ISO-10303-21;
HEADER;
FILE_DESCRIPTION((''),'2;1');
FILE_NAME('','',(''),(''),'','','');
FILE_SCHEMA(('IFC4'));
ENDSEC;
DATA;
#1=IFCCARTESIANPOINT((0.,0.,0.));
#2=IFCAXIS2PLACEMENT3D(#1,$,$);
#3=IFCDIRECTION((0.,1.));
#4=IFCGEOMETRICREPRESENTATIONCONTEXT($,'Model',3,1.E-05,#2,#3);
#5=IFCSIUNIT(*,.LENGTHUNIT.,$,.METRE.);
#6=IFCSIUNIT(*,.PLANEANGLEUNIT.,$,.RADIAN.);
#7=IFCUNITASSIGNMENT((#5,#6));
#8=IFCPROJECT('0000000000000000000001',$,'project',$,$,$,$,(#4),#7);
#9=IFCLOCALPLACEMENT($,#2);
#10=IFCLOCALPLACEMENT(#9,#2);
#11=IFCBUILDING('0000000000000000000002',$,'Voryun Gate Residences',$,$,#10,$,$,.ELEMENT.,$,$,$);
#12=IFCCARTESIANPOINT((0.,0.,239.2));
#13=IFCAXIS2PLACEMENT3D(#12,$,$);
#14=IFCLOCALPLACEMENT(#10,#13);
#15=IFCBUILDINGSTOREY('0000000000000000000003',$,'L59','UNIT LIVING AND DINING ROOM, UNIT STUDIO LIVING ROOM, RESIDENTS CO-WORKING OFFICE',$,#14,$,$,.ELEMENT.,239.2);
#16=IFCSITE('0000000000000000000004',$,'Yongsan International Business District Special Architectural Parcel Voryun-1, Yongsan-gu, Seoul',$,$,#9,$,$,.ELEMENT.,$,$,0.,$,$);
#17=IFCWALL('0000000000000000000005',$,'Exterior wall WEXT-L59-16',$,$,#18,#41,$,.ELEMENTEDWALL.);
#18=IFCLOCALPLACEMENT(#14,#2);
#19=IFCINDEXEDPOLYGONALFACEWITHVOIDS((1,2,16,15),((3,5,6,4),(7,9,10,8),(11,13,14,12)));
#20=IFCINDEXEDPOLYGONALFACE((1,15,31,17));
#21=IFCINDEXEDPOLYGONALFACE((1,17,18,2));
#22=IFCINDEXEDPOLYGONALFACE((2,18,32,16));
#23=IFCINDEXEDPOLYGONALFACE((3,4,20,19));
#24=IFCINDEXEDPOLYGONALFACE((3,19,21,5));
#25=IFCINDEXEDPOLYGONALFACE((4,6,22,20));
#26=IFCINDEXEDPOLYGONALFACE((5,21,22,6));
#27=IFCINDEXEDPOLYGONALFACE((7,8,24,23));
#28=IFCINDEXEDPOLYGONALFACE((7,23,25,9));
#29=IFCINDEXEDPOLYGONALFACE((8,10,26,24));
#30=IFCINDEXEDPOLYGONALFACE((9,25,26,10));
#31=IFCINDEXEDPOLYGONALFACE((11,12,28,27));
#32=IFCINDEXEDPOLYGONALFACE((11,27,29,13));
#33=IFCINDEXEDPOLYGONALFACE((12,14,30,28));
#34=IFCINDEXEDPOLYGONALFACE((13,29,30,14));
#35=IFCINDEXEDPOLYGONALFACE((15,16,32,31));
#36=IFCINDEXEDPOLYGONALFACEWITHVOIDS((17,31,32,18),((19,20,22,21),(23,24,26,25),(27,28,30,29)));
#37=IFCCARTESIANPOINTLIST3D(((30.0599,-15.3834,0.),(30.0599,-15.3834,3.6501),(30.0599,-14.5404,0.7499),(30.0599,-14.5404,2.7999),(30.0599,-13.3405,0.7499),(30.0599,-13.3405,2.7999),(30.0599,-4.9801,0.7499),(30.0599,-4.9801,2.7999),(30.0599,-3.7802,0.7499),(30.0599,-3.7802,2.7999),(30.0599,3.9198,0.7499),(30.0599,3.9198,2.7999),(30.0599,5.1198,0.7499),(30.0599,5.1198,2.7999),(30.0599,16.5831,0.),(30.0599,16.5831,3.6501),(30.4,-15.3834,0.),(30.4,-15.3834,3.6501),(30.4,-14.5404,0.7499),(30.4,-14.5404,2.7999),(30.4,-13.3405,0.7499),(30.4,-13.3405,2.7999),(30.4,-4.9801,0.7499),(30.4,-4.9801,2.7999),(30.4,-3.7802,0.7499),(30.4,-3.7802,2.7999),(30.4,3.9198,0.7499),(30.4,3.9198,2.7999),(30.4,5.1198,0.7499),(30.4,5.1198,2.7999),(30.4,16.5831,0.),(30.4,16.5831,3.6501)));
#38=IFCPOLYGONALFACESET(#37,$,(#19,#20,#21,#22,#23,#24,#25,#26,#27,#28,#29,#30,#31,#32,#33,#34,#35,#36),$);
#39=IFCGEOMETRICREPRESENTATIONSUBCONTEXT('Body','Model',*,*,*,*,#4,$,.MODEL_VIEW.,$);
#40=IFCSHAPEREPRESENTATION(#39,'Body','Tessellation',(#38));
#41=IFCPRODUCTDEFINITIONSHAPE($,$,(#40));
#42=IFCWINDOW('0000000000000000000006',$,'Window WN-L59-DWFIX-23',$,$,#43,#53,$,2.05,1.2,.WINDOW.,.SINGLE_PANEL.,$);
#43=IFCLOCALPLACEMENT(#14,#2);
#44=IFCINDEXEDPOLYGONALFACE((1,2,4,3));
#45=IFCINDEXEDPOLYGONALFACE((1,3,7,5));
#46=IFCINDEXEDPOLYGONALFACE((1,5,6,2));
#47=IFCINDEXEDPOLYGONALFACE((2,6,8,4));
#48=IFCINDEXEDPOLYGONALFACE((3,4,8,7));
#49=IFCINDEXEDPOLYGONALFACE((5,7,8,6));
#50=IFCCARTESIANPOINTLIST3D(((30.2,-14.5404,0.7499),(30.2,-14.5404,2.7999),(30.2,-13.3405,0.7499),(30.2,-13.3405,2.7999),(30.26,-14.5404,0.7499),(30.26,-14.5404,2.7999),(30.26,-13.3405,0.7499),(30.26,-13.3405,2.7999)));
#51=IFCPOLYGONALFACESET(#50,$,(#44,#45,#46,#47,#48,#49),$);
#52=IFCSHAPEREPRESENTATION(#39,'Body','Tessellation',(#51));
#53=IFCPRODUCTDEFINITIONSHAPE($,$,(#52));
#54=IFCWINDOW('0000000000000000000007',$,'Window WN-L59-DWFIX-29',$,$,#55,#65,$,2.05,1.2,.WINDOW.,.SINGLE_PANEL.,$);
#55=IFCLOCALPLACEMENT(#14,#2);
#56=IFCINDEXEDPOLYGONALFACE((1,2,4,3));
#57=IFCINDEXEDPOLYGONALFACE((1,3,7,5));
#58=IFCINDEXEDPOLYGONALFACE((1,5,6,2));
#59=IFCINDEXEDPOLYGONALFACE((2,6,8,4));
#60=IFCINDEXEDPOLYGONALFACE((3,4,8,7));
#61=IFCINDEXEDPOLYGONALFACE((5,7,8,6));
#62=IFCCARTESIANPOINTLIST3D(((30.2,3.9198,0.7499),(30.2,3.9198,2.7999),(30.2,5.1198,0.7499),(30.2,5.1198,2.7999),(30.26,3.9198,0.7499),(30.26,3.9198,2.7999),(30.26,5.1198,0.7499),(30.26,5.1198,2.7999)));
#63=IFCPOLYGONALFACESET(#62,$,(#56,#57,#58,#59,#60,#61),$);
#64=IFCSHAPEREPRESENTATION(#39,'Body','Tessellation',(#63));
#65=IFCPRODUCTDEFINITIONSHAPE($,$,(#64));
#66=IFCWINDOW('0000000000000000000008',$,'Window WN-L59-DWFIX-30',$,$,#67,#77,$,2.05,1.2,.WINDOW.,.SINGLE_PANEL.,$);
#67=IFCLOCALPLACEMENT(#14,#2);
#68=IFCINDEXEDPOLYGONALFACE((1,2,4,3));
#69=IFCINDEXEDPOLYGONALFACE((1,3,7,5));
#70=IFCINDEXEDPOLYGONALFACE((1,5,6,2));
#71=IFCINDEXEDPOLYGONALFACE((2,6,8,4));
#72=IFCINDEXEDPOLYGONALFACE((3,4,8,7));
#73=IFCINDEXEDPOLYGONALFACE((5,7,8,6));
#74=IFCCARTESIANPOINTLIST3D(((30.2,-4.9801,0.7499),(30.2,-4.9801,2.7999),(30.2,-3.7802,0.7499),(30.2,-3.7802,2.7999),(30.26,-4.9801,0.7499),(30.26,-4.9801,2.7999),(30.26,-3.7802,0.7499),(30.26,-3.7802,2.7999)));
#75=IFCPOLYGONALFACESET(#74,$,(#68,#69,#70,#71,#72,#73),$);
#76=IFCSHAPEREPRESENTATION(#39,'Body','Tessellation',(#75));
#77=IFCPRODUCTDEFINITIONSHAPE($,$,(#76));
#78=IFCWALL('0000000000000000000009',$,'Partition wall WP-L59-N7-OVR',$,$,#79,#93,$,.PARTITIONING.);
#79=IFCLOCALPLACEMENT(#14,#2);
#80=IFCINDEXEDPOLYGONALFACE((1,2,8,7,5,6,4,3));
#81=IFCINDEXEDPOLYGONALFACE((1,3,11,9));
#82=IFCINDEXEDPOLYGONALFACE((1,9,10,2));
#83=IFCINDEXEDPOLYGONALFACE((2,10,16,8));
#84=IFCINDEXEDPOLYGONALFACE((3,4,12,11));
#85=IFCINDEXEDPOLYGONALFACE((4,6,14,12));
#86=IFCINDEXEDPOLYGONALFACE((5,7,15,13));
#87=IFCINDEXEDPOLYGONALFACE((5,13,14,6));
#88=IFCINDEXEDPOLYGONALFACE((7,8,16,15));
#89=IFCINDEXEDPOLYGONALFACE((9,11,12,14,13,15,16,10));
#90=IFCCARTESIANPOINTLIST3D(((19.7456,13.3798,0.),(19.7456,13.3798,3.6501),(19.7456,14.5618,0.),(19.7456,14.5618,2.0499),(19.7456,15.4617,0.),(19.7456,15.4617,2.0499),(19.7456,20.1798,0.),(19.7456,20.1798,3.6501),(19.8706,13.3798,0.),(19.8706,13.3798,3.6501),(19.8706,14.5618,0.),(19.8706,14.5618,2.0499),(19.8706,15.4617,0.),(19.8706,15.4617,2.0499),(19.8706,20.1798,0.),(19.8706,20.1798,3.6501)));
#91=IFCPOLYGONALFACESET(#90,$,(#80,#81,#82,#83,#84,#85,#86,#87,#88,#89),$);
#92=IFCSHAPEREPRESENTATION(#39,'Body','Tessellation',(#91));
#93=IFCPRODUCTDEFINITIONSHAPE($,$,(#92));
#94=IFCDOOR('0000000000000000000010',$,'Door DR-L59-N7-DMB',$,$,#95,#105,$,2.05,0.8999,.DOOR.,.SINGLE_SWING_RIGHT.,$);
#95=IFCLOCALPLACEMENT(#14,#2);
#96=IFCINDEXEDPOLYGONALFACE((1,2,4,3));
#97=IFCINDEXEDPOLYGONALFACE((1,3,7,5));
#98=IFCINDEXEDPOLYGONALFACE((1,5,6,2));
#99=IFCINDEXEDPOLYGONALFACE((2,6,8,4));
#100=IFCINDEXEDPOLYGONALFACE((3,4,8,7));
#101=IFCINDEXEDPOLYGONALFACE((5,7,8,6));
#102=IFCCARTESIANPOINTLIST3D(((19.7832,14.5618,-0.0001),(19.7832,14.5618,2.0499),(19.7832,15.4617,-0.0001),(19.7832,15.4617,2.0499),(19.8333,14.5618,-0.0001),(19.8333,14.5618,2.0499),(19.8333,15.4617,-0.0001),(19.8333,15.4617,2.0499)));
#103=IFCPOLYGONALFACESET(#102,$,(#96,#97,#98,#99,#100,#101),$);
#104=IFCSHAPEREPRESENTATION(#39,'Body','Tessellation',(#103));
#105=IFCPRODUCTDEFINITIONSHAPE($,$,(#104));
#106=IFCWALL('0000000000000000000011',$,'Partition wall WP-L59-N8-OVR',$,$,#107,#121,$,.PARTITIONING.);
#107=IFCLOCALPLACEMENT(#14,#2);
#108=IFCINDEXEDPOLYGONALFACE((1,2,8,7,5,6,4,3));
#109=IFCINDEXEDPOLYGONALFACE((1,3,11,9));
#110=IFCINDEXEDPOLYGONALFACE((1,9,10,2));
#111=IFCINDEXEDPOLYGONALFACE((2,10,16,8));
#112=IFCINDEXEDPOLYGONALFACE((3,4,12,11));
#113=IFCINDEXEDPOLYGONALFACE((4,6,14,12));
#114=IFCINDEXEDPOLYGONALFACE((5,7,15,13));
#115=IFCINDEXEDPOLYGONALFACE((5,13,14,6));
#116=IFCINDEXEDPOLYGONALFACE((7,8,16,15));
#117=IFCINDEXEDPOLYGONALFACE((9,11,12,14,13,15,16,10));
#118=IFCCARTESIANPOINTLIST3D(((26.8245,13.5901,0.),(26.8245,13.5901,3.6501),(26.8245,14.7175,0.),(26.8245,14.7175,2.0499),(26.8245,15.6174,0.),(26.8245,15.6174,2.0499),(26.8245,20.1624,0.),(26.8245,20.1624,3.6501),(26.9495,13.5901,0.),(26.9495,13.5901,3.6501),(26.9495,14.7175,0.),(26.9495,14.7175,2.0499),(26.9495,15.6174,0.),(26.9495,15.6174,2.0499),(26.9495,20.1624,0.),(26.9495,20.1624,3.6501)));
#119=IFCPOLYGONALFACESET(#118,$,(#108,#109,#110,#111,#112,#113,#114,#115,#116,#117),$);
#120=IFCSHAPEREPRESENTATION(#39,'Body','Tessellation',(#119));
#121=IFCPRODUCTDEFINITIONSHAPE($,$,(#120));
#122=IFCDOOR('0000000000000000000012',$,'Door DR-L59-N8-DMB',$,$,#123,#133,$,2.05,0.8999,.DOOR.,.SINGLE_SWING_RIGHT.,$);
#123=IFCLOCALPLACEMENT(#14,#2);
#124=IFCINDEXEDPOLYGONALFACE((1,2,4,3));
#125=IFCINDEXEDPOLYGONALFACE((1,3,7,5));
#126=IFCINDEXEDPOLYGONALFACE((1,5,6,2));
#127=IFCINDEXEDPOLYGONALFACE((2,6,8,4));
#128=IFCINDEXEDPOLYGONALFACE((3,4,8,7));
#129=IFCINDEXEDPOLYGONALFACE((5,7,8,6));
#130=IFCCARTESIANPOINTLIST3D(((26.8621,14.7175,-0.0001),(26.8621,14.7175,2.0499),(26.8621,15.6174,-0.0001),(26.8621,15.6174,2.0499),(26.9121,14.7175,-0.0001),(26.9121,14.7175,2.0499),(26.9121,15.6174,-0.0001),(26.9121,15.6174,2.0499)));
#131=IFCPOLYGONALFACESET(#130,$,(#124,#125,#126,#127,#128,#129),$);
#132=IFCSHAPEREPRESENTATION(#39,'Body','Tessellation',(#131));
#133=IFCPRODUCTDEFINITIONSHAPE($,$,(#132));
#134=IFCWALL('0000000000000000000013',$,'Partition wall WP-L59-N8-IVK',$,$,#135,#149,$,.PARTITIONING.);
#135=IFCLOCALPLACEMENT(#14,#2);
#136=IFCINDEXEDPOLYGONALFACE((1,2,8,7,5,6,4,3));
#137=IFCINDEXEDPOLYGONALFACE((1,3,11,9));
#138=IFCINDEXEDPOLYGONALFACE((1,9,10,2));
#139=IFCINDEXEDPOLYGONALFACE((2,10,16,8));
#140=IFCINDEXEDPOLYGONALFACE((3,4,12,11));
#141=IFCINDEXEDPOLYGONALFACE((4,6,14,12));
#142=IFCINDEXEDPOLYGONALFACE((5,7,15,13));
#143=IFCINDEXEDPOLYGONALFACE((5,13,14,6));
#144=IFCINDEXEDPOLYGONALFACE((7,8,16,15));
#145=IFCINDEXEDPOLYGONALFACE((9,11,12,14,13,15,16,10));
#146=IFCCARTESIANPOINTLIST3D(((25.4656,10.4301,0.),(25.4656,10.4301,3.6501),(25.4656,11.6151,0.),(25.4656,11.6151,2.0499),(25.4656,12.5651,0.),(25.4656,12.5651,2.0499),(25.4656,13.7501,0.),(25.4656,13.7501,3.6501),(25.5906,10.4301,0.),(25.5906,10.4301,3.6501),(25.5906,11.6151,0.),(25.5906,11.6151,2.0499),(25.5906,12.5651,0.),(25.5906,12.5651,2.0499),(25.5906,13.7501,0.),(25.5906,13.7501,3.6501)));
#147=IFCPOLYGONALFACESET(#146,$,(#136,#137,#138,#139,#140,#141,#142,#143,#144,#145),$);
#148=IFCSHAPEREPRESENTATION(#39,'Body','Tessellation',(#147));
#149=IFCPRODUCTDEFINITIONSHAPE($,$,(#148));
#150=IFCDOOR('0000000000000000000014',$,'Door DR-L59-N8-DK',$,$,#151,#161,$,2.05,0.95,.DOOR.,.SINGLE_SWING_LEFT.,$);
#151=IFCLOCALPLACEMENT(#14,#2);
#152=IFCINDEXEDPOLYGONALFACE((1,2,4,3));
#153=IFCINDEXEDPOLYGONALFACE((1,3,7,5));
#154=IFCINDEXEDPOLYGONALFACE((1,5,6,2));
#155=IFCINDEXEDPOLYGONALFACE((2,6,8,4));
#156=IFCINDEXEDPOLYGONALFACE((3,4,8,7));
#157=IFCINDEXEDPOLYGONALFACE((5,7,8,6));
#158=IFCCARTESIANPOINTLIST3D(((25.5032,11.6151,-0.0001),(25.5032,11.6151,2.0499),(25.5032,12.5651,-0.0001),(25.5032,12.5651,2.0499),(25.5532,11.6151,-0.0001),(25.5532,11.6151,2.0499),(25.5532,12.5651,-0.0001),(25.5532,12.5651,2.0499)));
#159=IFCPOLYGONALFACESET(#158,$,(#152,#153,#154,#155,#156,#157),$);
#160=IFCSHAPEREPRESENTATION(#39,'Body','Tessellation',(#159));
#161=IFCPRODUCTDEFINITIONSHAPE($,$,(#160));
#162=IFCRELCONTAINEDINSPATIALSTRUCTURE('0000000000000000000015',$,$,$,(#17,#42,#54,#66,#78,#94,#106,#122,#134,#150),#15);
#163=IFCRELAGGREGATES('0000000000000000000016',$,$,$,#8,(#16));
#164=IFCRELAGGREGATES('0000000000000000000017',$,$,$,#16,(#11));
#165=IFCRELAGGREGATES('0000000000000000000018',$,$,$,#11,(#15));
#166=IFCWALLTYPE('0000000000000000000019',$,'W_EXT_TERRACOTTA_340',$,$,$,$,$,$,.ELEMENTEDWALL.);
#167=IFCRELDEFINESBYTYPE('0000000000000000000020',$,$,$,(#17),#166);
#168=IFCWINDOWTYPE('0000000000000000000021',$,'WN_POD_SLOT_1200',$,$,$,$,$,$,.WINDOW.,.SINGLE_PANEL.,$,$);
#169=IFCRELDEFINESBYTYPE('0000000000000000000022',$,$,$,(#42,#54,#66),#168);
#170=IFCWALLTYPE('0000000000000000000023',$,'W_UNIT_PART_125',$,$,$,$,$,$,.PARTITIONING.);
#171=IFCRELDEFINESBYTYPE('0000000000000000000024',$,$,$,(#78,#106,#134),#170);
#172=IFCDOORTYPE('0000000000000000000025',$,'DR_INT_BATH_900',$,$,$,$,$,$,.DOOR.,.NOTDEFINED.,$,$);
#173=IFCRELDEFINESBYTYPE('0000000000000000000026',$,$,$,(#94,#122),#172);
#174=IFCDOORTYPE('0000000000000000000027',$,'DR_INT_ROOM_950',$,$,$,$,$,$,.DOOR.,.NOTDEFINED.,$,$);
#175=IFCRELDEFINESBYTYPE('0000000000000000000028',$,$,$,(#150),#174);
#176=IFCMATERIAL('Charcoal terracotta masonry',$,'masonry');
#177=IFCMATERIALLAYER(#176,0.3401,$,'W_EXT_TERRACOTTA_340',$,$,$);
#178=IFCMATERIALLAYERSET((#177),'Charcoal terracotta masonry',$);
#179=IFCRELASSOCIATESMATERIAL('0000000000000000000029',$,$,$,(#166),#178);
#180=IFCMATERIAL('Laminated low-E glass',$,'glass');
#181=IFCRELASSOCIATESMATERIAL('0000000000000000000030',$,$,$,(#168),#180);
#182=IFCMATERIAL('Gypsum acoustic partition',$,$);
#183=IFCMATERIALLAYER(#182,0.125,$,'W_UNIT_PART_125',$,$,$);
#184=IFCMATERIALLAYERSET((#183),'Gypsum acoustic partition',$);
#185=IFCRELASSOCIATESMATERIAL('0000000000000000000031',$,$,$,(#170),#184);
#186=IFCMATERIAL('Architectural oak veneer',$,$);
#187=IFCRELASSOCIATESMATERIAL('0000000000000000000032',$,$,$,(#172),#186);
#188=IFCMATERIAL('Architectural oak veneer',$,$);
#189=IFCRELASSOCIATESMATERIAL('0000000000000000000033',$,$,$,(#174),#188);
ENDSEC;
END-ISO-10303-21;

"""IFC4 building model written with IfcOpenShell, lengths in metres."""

from ifc_helpers import new_model, si_unit, direction, frame, frame_2d, origin, place, context, subcontext, project, spatial, rectangle, extrude, material, layer, layer_set, type_object, element, fill, save


model = new_model("IFC4")

# Units and contexts
model_context = context("Model", 3, precision=1e-05, world=origin(), true_north=direction((0.0, 1.0)))
body_context = subcontext(model_context, "Body", "Model", "MODEL_VIEW")
ifc_project = project(units=[si_unit("LENGTHUNIT", "METRE"), si_unit("PLANEANGLEUNIT", "RADIAN")], contexts=[model_context])

# Site, building, storey
site_placement = place(None, origin())
site = spatial("IfcSite", under=ifc_project, at=site_placement, Name="Yongsan International Business District Special Architectural Parcel Voryun-1, Yongsan-gu, Seoul", CompositionType="ELEMENT", RefElevation=0.0)
building_placement = place(site_placement, origin())
building = spatial("IfcBuilding", under=site, at=building_placement, Name="Voryun Gate Residences", CompositionType="ELEMENT")
storey_placement = place(building_placement, frame((0.0, 0.0, 239.2)))
storey = spatial("IfcBuildingStorey", under=building, at=storey_placement, Name="L59", Description="UNIT LIVING AND DINING ROOM, UNIT STUDIO LIVING ROOM, RESIDENTS CO-WORKING OFFICE", CompositionType="ELEMENT", Elevation=239.2)

# Shared definitions
ifc_material_1 = material(Name="Charcoal terracotta masonry", Category="masonry")
ifc_layer_1 = layer(ifc_material_1, 0.3401, Name="W_EXT_TERRACOTTA_340")
ifc_layer_set_1 = layer_set([ifc_layer_1], Name="Charcoal terracotta masonry")
wall_type_1 = type_object("IfcWallType", Name="W_EXT_TERRACOTTA_340", PredefinedType="ELEMENTEDWALL", material=ifc_layer_set_1)

# Wall, openings, windows
wall_1_placement = place(storey_placement, frame((30.23, 16.5833, 0.0), z_axis=(0.0, 0.0, 1.0), x_axis=(0.0, -1.0, 0.0)))
wall_1 = element("IfcWall", 1, at=wall_1_placement, inside=storey, type_object=wall_type_1, Name="Exterior wall WEXT-L59-16", PredefinedType="ELEMENTEDWALL", context=body_context, shape_type="SweptSolid", body=[
    extrude(rectangle(XDim=31.9666, YDim=0.3401, at=frame_2d((15.9834, 0.0))), origin(), (0.0, 0.0, 1.0), 3.6501),
])
opening_1_placement = place(wall_1_placement, frame((29.9236, 0.0, 0.75)))
opening_1 = element("IfcOpeningElement", 2, at=opening_1_placement, cuts=wall_1, PredefinedType="OPENING", context=body_context, shape_type="SweptSolid", body=[
    extrude(rectangle(XDim=1.2, YDim=2.05, at=frame_2d((0.6001, 1.0249))), frame((0.0, 0.1799, 0.0), z_axis=(0.0, -1.0, 0.0), x_axis=(1.0, 0.0, 0.0)), (0.0, 0.0, 1.0), 0.3601),
])
opening_2_placement = place(wall_1_placement, frame((11.4634, 0.0, 0.75)))
opening_2 = element("IfcOpeningElement", 3, at=opening_2_placement, cuts=wall_1, PredefinedType="OPENING", context=body_context, shape_type="SweptSolid", body=[
    extrude(rectangle(XDim=1.2, YDim=2.05, at=frame_2d((0.6001, 1.0249))), frame((0.0, 0.1799, 0.0), z_axis=(0.0, -1.0, 0.0), x_axis=(1.0, 0.0, 0.0)), (0.0, 0.0, 1.0), 0.3601),
])
opening_3_placement = place(wall_1_placement, frame((20.3633, 0.0, 0.75)))
opening_3 = element("IfcOpeningElement", 4, at=opening_3_placement, cuts=wall_1, PredefinedType="OPENING", context=body_context, shape_type="SweptSolid", body=[
    extrude(rectangle(XDim=1.2, YDim=2.05, at=frame_2d((0.6001, 1.0249))), frame((0.0, 0.1799, 0.0), z_axis=(0.0, -1.0, 0.0), x_axis=(1.0, 0.0, 0.0)), (0.0, 0.0, 1.0), 0.3601),
])
ifc_material_2 = material(Name="Laminated low-E glass", Category="glass")
window_type_1 = type_object("IfcWindowType", Name="WN_POD_SLOT_1200", PartitioningType="SINGLE_PANEL", PredefinedType="WINDOW", material=ifc_material_2)
window_1_placement = place(opening_1_placement, origin())
window_1 = element("IfcWindow", 5, at=window_1_placement, inside=storey, type_object=window_type_1, Name="Window WN-L59-DWFIX-23", OverallHeight=2.05, OverallWidth=1.2, PartitioningType="SINGLE_PANEL", PredefinedType="WINDOW", context=body_context, shape_type="SweptSolid", body=[
    extrude(rectangle(XDim=1.2, YDim=2.05, at=frame_2d((0.6001, 1.0249))), frame((0.0, 0.03, 0.0), z_axis=(0.0, -1.0, 0.0), x_axis=(1.0, 0.0, 0.0)), (0.0, 0.0, 1.0), 0.0601),
])
fill(opening_1, window_1)
window_2_placement = place(opening_2_placement, origin())
window_2 = element("IfcWindow", 6, at=window_2_placement, inside=storey, type_object=window_type_1, Name="Window WN-L59-DWFIX-29", OverallHeight=2.05, OverallWidth=1.2, PartitioningType="SINGLE_PANEL", PredefinedType="WINDOW", context=body_context, shape_type="SweptSolid", body=[
    extrude(rectangle(XDim=1.2, YDim=2.05, at=frame_2d((0.6001, 1.0249))), frame((0.0, 0.03, 0.0), z_axis=(0.0, -1.0, 0.0), x_axis=(1.0, 0.0, 0.0)), (0.0, 0.0, 1.0), 0.0601),
])
fill(opening_2, window_2)
window_3_placement = place(opening_3_placement, origin())
window_3 = element("IfcWindow", 7, at=window_3_placement, inside=storey, type_object=window_type_1, Name="Window WN-L59-DWFIX-30", OverallHeight=2.05, OverallWidth=1.2, PartitioningType="SINGLE_PANEL", PredefinedType="WINDOW", context=body_context, shape_type="SweptSolid", body=[
    extrude(rectangle(XDim=1.2, YDim=2.05, at=frame_2d((0.6001, 1.0249))), frame((0.0, 0.03, 0.0), z_axis=(0.0, -1.0, 0.0), x_axis=(1.0, 0.0, 0.0)), (0.0, 0.0, 1.0), 0.0601),
])
fill(opening_3, window_3)

# Walls, openings, doors
ifc_material_3 = material(Name="Gypsum acoustic partition")
ifc_layer_2 = layer(ifc_material_3, 0.125, Name="W_UNIT_PART_125")
ifc_layer_set_2 = layer_set([ifc_layer_2], Name="Gypsum acoustic partition")
wall_type_2 = type_object("IfcWallType", Name="W_UNIT_PART_125", PredefinedType="PARTITIONING", material=ifc_layer_set_2)
wall_2_placement = place(storey_placement, frame((19.8081, 13.3799, 0.0), z_axis=(0.0, 0.0, 1.0), x_axis=(0.0, 1.0, 0.0)))
wall_2 = element("IfcWall", 8, at=wall_2_placement, inside=storey, type_object=wall_type_2, Name="Partition wall WP-L59-N7-OVR", PredefinedType="PARTITIONING", context=body_context, shape_type="SweptSolid", body=[
    extrude(rectangle(XDim=6.8, YDim=0.125, at=frame_2d((3.3999, 0.0))), origin(), (0.0, 0.0, 1.0), 3.6501),
])
opening_4_placement = place(wall_2_placement, frame((1.1819, 0.0, 0.0)))
opening_4 = element("IfcOpeningElement", 9, at=opening_4_placement, cuts=wall_2, PredefinedType="OPENING", context=body_context, shape_type="SweptSolid", body=[
    extrude(rectangle(XDim=0.8999, YDim=2.05, at=frame_2d((0.45, 1.0249))), frame((0.0, 0.0725, 0.0), z_axis=(0.0, -1.0, 0.0), x_axis=(1.0, 0.0, 0.0)), (0.0, 0.0, 1.0), 0.145),
])
ifc_material_4 = material(Name="Architectural oak veneer")
door_type_1 = type_object("IfcDoorType", Name="DR_INT_BATH_900", OperationType="NOTDEFINED", PredefinedType="DOOR", material=ifc_material_4)
door_1_placement = place(opening_4_placement, origin())
door_1 = element("IfcDoor", 10, at=door_1_placement, inside=storey, type_object=door_type_1, Name="Door DR-L59-N7-DMB", OperationType="SINGLE_SWING_RIGHT", OverallHeight=2.05, OverallWidth=0.8999, PredefinedType="DOOR", context=body_context, shape_type="SweptSolid", body=[
    extrude(rectangle(XDim=0.8999, YDim=2.05, at=frame_2d((0.45, 1.0249))), frame((0.0, 0.0249, 0.0), z_axis=(0.0, -1.0, 0.0), x_axis=(1.0, 0.0, 0.0)), (0.0, 0.0, 1.0), 0.05),
])
fill(opening_4, door_1)
wall_3_placement = place(storey_placement, frame((26.887, 13.5901, 0.0), z_axis=(0.0, 0.0, 1.0), x_axis=(0.0, 1.0, 0.0)))
wall_3 = element("IfcWall", 11, at=wall_3_placement, inside=storey, type_object=wall_type_2, Name="Partition wall WP-L59-N8-OVR", PredefinedType="PARTITIONING", context=body_context, shape_type="SweptSolid", body=[
    extrude(rectangle(XDim=6.5723, YDim=0.125, at=frame_2d((3.2861, 0.0))), origin(), (0.0, 0.0, 1.0), 3.6501),
])
opening_5_placement = place(wall_3_placement, frame((1.1274, 0.0, 0.0)))
opening_5 = element("IfcOpeningElement", 12, at=opening_5_placement, cuts=wall_3, PredefinedType="OPENING", context=body_context, shape_type="SweptSolid", body=[
    extrude(rectangle(XDim=0.8999, YDim=2.05, at=frame_2d((0.45, 1.0249))), frame((0.0, 0.0725, 0.0), z_axis=(0.0, -1.0, 0.0), x_axis=(1.0, 0.0, 0.0)), (0.0, 0.0, 1.0), 0.145),
])
door_2_placement = place(opening_5_placement, origin())
door_2 = element("IfcDoor", 13, at=door_2_placement, inside=storey, type_object=door_type_1, Name="Door DR-L59-N8-DMB", OperationType="SINGLE_SWING_RIGHT", OverallHeight=2.05, OverallWidth=0.8999, PredefinedType="DOOR", context=body_context, shape_type="SweptSolid", body=[
    extrude(rectangle(XDim=0.8999, YDim=2.05, at=frame_2d((0.45, 1.0249))), frame((0.0, 0.0249, 0.0), z_axis=(0.0, -1.0, 0.0), x_axis=(1.0, 0.0, 0.0)), (0.0, 0.0, 1.0), 0.05),
])
fill(opening_5, door_2)
wall_4_placement = place(storey_placement, frame((25.5281, 10.4299, 0.0), z_axis=(0.0, 0.0, 1.0), x_axis=(0.0, 1.0, 0.0)))
wall_4 = element("IfcWall", 14, at=wall_4_placement, inside=storey, type_object=wall_type_2, Name="Partition wall WP-L59-N8-IVK", PredefinedType="PARTITIONING", context=body_context, shape_type="SweptSolid", body=[
    extrude(rectangle(XDim=3.3201, YDim=0.125, at=frame_2d((1.6602, 0.0))), origin(), (0.0, 0.0, 1.0), 3.6501),
])
opening_6_placement = place(wall_4_placement, frame((1.1851, 0.0, 0.0)))
opening_6 = element("IfcOpeningElement", 15, at=opening_6_placement, cuts=wall_4, PredefinedType="OPENING", context=body_context, shape_type="SweptSolid", body=[
    extrude(rectangle(XDim=0.95, YDim=2.05, at=frame_2d((0.4751, 1.0249))), frame((0.0, 0.0725, 0.0), z_axis=(0.0, -1.0, 0.0), x_axis=(1.0, 0.0, 0.0)), (0.0, 0.0, 1.0), 0.145),
])
ifc_material_5 = material(Name="Architectural oak veneer")
door_type_2 = type_object("IfcDoorType", Name="DR_INT_ROOM_950", OperationType="NOTDEFINED", PredefinedType="DOOR", material=ifc_material_5)
door_3_placement = place(opening_6_placement, origin())
door_3 = element("IfcDoor", 16, at=door_3_placement, inside=storey, type_object=door_type_2, Name="Door DR-L59-N8-DK", OperationType="SINGLE_SWING_LEFT", OverallHeight=2.05, OverallWidth=0.95, PredefinedType="DOOR", context=body_context, shape_type="SweptSolid", body=[
    extrude(rectangle(XDim=0.95, YDim=2.05, at=frame_2d((0.4751, 1.0249))), frame((0.0, 0.0249, 0.0), z_axis=(0.0, -1.0, 0.0), x_axis=(1.0, 0.0, 0.0)), (0.0, 0.0, 1.0), 0.05),
])
fill(opening_6, door_3)

save(model, "model.ifc")
